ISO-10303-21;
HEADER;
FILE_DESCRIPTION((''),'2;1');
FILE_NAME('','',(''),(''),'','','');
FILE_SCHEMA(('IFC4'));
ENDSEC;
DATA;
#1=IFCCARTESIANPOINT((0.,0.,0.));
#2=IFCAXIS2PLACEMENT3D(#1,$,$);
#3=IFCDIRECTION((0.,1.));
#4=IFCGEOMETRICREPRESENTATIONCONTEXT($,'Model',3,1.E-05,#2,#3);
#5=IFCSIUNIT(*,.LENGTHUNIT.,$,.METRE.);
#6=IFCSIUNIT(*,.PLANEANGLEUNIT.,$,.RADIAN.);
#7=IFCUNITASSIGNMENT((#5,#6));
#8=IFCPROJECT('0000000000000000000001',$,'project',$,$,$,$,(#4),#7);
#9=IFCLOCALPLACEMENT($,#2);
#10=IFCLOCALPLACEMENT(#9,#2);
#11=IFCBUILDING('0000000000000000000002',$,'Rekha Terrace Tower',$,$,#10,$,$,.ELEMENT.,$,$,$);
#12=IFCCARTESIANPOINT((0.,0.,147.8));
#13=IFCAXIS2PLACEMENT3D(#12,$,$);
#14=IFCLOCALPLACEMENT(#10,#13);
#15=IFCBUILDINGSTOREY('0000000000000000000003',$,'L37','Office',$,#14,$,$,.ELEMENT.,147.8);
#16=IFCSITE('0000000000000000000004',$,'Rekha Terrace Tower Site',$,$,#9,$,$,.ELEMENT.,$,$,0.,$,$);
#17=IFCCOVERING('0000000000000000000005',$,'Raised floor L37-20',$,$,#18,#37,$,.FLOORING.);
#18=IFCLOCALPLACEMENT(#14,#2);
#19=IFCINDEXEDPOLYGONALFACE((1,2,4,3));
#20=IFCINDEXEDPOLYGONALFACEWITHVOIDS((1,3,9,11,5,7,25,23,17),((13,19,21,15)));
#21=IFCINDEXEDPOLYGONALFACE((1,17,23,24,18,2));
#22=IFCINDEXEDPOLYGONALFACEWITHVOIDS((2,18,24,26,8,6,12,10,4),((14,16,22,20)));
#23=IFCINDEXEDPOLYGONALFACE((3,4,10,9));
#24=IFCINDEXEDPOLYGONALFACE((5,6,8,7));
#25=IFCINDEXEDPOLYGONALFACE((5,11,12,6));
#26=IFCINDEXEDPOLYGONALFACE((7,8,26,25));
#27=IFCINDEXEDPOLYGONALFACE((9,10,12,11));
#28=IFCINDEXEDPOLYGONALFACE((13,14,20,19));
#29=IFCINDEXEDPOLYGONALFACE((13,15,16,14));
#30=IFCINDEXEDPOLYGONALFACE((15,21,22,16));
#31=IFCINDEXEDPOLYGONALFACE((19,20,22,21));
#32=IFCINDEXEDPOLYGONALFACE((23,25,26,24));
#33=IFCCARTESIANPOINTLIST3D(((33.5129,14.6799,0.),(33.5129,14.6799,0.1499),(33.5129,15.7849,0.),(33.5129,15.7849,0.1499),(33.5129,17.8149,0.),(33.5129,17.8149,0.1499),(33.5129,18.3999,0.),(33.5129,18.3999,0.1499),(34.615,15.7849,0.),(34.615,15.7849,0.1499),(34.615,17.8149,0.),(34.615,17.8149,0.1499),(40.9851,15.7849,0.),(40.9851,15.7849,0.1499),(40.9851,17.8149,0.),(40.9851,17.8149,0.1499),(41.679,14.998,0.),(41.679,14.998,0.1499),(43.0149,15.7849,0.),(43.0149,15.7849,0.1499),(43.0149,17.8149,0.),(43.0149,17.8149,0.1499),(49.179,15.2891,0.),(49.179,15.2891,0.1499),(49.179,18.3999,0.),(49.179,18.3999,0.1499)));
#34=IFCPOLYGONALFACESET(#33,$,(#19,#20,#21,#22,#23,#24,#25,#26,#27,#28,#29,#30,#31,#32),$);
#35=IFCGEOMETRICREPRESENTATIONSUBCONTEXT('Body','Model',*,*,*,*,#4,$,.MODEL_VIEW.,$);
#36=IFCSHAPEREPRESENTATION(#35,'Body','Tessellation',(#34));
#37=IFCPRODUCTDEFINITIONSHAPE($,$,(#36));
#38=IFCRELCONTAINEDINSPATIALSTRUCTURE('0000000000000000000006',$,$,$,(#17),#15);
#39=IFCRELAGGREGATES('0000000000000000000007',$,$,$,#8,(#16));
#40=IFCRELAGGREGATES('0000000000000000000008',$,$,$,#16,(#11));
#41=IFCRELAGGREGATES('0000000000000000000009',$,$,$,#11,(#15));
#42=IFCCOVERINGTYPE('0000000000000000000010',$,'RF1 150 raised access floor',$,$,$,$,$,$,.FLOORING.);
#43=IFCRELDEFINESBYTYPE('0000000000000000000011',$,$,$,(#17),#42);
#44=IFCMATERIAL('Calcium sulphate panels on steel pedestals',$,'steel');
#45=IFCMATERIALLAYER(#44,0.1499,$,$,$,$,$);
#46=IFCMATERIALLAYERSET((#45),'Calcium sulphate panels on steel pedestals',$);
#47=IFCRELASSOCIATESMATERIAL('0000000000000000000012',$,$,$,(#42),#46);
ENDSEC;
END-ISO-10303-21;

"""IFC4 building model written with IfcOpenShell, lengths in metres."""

from ifc_helpers import new_model, si_unit, direction, frame, origin, place, context, subcontext, project, spatial, polyline, outline, extrude, material, layer, layer_set, type_object, element, save


model = new_model("IFC4")

# Units and contexts
model_context = context("Model", 3, precision=1e-05, world=origin(), true_north=direction((0.0, 1.0)))
body_context = subcontext(model_context, "Body", "Model", "MODEL_VIEW")
ifc_project = project(units=[si_unit("LENGTHUNIT", "METRE"), si_unit("PLANEANGLEUNIT", "RADIAN")], contexts=[model_context])

# Site, building, storey
site_placement = place(None, origin())
site = spatial("IfcSite", under=ifc_project, at=site_placement, Name="Rekha Terrace Tower Site", CompositionType="ELEMENT", RefElevation=0.0)
building_placement = place(site_placement, origin())
building = spatial("IfcBuilding", under=site, at=building_placement, Name="Rekha Terrace Tower", CompositionType="ELEMENT")
storey_placement = place(building_placement, frame((0.0, 0.0, 147.8)))
storey = spatial("IfcBuildingStorey", under=building, at=storey_placement, Name="L37", Description="Office", CompositionType="ELEMENT", Elevation=147.8)

# Covering
ifc_material_1 = material(Name="Calcium sulphate panels on steel pedestals", Category="steel")
ifc_layer_1 = layer(ifc_material_1, 0.1499)
ifc_layer_set_1 = layer_set([ifc_layer_1], Name="Calcium sulphate panels on steel pedestals")
covering_type_1 = type_object("IfcCoveringType", Name="RF1 150 raised access floor", PredefinedType="FLOORING", material=ifc_layer_set_1)
covering_1_placement = place(storey_placement, origin())
element("IfcCovering", 1, at=covering_1_placement, inside=storey, type_object=covering_type_1, Name="Raised floor L37-20", PredefinedType="FLOORING", context=body_context, shape_type="SweptSolid", body=[
    extrude(outline(polyline([(33.5129, 14.6799), (41.679, 14.998), (49.179, 15.2891), (49.179, 18.3999), (33.5129, 18.3999), (33.5129, 17.8149), (34.615, 17.8149), (34.615, 15.7849), (33.5129, 15.7849), (33.5129, 14.6799)]), holes=[polyline([(43.0149, 17.8149), (43.0149, 15.7849), (40.9851, 15.7849), (40.9851, 17.8149), (43.0149, 17.8149)])]), origin(), (0.0, 0.0, 1.0), 0.1499),
])

save(model, "model.ifc")
